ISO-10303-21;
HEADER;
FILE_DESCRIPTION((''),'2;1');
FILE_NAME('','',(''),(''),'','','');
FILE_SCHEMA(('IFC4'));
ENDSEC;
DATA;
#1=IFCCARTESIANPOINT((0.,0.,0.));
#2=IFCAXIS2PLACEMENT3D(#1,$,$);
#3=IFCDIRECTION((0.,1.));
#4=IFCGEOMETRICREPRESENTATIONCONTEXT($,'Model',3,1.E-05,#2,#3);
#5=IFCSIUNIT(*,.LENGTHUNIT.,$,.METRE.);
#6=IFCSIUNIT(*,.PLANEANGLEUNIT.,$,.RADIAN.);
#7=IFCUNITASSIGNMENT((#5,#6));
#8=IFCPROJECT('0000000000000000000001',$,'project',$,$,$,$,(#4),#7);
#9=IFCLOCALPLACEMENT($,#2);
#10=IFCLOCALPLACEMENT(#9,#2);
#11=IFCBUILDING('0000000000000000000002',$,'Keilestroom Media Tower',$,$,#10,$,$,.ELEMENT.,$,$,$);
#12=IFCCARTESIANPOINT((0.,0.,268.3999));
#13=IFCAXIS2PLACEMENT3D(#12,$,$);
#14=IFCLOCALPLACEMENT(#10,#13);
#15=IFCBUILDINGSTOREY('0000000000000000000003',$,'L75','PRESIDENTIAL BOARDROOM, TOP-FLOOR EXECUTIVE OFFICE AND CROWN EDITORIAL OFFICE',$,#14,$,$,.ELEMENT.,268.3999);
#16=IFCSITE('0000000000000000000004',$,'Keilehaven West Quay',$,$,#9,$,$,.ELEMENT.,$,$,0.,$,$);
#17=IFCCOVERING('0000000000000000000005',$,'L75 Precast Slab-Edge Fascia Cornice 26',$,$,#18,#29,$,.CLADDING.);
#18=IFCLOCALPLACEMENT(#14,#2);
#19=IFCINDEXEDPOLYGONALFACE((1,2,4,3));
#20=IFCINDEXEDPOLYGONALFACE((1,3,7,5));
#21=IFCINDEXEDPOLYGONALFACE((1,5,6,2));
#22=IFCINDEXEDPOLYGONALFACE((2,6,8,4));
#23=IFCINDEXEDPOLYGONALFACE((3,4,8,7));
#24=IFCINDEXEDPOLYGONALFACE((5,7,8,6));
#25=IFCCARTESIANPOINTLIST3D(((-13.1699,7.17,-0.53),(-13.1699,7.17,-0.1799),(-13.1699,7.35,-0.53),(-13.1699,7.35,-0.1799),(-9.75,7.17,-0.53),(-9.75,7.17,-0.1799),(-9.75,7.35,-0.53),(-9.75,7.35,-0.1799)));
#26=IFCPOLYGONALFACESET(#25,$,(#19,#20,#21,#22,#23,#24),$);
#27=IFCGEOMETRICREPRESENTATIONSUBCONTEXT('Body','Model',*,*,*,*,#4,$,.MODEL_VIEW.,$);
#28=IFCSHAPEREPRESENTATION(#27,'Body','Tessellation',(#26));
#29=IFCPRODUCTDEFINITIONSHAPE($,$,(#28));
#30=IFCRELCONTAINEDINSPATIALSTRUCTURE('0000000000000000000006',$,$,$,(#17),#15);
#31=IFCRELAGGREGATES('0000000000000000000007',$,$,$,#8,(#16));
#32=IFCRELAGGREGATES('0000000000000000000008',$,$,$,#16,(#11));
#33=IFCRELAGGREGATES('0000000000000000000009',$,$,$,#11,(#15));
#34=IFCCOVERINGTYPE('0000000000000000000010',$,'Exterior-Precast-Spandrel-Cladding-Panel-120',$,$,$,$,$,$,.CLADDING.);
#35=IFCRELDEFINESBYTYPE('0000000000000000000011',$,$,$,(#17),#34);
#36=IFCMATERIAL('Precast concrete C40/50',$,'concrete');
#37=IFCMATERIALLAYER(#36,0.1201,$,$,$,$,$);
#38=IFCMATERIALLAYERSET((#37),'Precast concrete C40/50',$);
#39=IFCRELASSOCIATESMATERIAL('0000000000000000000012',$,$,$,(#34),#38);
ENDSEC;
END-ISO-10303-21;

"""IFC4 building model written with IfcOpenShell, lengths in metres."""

from ifc_helpers import new_model, si_unit, direction, frame, origin, origin_2d, place, context, subcontext, project, spatial, rectangle, extrude, source, transform, mapped, material, layer, layer_set, type_object, element, save


model = new_model("IFC4")

# Units and contexts
model_context = context("Model", 3, precision=1e-05, world=origin(), true_north=direction((0.0, 1.0)))
body_context = subcontext(model_context, "Body", "Model", "MODEL_VIEW")
ifc_project = project(units=[si_unit("LENGTHUNIT", "METRE"), si_unit("PLANEANGLEUNIT", "RADIAN")], contexts=[model_context])

# Site, building, storey
site_placement = place(None, origin())
site = spatial("IfcSite", under=ifc_project, at=site_placement, Name="Keilehaven West Quay", CompositionType="ELEMENT", RefElevation=0.0)
building_placement = place(site_placement, origin())
building = spatial("IfcBuilding", under=site, at=building_placement, Name="Keilestroom Media Tower", CompositionType="ELEMENT")
storey_placement = place(building_placement, frame((0.0, 0.0, 268.3999)))
storey = spatial("IfcBuildingStorey", under=building, at=storey_placement, Name="L75", Description="PRESIDENTIAL BOARDROOM, TOP-FLOOR EXECUTIVE OFFICE AND CROWN EDITORIAL OFFICE", CompositionType="ELEMENT", Elevation=268.3999)

# Shared definitions
ifc_material_1 = material(Name="Precast concrete C40/50", Category="concrete")

# Covering
ifc_layer_1 = layer(ifc_material_1, 0.1201)
ifc_layer_set_1 = layer_set([ifc_layer_1], Name="Precast concrete C40/50")
covering_type = type_object("IfcCoveringType", Name="Exterior-Precast-Spandrel-Cladding-Panel-120", PredefinedType="CLADDING", material=ifc_layer_set_1)
shared_shape_1 = source(origin(), body_context, "Body", "SweptSolid", [
    extrude(rectangle(XDim=3.4199, YDim=0.1799, at=origin_2d()), origin(), (0.0, 0.0, 1.0), 0.3501),
])
covering_1_placement = place(storey_placement, frame((-11.46, 7.26, -0.53), z_axis=(0.0, 0.0, 1.0), x_axis=(1.0, 0.0, 0.0)))
element("IfcCovering", 1, at=covering_1_placement, inside=storey, type_object=covering_type, Name="L75 Precast Slab-Edge Fascia Cornice 26", PredefinedType="CLADDING", context=body_context, shape_type="MappedRepresentation", body=[
    mapped(shared_shape_1, transform((0.0, 0.0, 0.0), x_axis=(1.0, 0.0, 0.0), y_axis=(0.0, 1.0, 0.0), z_axis=(0.0, 0.0, 1.0), scale=1.0)),
])

save(model, "model.ifc")
